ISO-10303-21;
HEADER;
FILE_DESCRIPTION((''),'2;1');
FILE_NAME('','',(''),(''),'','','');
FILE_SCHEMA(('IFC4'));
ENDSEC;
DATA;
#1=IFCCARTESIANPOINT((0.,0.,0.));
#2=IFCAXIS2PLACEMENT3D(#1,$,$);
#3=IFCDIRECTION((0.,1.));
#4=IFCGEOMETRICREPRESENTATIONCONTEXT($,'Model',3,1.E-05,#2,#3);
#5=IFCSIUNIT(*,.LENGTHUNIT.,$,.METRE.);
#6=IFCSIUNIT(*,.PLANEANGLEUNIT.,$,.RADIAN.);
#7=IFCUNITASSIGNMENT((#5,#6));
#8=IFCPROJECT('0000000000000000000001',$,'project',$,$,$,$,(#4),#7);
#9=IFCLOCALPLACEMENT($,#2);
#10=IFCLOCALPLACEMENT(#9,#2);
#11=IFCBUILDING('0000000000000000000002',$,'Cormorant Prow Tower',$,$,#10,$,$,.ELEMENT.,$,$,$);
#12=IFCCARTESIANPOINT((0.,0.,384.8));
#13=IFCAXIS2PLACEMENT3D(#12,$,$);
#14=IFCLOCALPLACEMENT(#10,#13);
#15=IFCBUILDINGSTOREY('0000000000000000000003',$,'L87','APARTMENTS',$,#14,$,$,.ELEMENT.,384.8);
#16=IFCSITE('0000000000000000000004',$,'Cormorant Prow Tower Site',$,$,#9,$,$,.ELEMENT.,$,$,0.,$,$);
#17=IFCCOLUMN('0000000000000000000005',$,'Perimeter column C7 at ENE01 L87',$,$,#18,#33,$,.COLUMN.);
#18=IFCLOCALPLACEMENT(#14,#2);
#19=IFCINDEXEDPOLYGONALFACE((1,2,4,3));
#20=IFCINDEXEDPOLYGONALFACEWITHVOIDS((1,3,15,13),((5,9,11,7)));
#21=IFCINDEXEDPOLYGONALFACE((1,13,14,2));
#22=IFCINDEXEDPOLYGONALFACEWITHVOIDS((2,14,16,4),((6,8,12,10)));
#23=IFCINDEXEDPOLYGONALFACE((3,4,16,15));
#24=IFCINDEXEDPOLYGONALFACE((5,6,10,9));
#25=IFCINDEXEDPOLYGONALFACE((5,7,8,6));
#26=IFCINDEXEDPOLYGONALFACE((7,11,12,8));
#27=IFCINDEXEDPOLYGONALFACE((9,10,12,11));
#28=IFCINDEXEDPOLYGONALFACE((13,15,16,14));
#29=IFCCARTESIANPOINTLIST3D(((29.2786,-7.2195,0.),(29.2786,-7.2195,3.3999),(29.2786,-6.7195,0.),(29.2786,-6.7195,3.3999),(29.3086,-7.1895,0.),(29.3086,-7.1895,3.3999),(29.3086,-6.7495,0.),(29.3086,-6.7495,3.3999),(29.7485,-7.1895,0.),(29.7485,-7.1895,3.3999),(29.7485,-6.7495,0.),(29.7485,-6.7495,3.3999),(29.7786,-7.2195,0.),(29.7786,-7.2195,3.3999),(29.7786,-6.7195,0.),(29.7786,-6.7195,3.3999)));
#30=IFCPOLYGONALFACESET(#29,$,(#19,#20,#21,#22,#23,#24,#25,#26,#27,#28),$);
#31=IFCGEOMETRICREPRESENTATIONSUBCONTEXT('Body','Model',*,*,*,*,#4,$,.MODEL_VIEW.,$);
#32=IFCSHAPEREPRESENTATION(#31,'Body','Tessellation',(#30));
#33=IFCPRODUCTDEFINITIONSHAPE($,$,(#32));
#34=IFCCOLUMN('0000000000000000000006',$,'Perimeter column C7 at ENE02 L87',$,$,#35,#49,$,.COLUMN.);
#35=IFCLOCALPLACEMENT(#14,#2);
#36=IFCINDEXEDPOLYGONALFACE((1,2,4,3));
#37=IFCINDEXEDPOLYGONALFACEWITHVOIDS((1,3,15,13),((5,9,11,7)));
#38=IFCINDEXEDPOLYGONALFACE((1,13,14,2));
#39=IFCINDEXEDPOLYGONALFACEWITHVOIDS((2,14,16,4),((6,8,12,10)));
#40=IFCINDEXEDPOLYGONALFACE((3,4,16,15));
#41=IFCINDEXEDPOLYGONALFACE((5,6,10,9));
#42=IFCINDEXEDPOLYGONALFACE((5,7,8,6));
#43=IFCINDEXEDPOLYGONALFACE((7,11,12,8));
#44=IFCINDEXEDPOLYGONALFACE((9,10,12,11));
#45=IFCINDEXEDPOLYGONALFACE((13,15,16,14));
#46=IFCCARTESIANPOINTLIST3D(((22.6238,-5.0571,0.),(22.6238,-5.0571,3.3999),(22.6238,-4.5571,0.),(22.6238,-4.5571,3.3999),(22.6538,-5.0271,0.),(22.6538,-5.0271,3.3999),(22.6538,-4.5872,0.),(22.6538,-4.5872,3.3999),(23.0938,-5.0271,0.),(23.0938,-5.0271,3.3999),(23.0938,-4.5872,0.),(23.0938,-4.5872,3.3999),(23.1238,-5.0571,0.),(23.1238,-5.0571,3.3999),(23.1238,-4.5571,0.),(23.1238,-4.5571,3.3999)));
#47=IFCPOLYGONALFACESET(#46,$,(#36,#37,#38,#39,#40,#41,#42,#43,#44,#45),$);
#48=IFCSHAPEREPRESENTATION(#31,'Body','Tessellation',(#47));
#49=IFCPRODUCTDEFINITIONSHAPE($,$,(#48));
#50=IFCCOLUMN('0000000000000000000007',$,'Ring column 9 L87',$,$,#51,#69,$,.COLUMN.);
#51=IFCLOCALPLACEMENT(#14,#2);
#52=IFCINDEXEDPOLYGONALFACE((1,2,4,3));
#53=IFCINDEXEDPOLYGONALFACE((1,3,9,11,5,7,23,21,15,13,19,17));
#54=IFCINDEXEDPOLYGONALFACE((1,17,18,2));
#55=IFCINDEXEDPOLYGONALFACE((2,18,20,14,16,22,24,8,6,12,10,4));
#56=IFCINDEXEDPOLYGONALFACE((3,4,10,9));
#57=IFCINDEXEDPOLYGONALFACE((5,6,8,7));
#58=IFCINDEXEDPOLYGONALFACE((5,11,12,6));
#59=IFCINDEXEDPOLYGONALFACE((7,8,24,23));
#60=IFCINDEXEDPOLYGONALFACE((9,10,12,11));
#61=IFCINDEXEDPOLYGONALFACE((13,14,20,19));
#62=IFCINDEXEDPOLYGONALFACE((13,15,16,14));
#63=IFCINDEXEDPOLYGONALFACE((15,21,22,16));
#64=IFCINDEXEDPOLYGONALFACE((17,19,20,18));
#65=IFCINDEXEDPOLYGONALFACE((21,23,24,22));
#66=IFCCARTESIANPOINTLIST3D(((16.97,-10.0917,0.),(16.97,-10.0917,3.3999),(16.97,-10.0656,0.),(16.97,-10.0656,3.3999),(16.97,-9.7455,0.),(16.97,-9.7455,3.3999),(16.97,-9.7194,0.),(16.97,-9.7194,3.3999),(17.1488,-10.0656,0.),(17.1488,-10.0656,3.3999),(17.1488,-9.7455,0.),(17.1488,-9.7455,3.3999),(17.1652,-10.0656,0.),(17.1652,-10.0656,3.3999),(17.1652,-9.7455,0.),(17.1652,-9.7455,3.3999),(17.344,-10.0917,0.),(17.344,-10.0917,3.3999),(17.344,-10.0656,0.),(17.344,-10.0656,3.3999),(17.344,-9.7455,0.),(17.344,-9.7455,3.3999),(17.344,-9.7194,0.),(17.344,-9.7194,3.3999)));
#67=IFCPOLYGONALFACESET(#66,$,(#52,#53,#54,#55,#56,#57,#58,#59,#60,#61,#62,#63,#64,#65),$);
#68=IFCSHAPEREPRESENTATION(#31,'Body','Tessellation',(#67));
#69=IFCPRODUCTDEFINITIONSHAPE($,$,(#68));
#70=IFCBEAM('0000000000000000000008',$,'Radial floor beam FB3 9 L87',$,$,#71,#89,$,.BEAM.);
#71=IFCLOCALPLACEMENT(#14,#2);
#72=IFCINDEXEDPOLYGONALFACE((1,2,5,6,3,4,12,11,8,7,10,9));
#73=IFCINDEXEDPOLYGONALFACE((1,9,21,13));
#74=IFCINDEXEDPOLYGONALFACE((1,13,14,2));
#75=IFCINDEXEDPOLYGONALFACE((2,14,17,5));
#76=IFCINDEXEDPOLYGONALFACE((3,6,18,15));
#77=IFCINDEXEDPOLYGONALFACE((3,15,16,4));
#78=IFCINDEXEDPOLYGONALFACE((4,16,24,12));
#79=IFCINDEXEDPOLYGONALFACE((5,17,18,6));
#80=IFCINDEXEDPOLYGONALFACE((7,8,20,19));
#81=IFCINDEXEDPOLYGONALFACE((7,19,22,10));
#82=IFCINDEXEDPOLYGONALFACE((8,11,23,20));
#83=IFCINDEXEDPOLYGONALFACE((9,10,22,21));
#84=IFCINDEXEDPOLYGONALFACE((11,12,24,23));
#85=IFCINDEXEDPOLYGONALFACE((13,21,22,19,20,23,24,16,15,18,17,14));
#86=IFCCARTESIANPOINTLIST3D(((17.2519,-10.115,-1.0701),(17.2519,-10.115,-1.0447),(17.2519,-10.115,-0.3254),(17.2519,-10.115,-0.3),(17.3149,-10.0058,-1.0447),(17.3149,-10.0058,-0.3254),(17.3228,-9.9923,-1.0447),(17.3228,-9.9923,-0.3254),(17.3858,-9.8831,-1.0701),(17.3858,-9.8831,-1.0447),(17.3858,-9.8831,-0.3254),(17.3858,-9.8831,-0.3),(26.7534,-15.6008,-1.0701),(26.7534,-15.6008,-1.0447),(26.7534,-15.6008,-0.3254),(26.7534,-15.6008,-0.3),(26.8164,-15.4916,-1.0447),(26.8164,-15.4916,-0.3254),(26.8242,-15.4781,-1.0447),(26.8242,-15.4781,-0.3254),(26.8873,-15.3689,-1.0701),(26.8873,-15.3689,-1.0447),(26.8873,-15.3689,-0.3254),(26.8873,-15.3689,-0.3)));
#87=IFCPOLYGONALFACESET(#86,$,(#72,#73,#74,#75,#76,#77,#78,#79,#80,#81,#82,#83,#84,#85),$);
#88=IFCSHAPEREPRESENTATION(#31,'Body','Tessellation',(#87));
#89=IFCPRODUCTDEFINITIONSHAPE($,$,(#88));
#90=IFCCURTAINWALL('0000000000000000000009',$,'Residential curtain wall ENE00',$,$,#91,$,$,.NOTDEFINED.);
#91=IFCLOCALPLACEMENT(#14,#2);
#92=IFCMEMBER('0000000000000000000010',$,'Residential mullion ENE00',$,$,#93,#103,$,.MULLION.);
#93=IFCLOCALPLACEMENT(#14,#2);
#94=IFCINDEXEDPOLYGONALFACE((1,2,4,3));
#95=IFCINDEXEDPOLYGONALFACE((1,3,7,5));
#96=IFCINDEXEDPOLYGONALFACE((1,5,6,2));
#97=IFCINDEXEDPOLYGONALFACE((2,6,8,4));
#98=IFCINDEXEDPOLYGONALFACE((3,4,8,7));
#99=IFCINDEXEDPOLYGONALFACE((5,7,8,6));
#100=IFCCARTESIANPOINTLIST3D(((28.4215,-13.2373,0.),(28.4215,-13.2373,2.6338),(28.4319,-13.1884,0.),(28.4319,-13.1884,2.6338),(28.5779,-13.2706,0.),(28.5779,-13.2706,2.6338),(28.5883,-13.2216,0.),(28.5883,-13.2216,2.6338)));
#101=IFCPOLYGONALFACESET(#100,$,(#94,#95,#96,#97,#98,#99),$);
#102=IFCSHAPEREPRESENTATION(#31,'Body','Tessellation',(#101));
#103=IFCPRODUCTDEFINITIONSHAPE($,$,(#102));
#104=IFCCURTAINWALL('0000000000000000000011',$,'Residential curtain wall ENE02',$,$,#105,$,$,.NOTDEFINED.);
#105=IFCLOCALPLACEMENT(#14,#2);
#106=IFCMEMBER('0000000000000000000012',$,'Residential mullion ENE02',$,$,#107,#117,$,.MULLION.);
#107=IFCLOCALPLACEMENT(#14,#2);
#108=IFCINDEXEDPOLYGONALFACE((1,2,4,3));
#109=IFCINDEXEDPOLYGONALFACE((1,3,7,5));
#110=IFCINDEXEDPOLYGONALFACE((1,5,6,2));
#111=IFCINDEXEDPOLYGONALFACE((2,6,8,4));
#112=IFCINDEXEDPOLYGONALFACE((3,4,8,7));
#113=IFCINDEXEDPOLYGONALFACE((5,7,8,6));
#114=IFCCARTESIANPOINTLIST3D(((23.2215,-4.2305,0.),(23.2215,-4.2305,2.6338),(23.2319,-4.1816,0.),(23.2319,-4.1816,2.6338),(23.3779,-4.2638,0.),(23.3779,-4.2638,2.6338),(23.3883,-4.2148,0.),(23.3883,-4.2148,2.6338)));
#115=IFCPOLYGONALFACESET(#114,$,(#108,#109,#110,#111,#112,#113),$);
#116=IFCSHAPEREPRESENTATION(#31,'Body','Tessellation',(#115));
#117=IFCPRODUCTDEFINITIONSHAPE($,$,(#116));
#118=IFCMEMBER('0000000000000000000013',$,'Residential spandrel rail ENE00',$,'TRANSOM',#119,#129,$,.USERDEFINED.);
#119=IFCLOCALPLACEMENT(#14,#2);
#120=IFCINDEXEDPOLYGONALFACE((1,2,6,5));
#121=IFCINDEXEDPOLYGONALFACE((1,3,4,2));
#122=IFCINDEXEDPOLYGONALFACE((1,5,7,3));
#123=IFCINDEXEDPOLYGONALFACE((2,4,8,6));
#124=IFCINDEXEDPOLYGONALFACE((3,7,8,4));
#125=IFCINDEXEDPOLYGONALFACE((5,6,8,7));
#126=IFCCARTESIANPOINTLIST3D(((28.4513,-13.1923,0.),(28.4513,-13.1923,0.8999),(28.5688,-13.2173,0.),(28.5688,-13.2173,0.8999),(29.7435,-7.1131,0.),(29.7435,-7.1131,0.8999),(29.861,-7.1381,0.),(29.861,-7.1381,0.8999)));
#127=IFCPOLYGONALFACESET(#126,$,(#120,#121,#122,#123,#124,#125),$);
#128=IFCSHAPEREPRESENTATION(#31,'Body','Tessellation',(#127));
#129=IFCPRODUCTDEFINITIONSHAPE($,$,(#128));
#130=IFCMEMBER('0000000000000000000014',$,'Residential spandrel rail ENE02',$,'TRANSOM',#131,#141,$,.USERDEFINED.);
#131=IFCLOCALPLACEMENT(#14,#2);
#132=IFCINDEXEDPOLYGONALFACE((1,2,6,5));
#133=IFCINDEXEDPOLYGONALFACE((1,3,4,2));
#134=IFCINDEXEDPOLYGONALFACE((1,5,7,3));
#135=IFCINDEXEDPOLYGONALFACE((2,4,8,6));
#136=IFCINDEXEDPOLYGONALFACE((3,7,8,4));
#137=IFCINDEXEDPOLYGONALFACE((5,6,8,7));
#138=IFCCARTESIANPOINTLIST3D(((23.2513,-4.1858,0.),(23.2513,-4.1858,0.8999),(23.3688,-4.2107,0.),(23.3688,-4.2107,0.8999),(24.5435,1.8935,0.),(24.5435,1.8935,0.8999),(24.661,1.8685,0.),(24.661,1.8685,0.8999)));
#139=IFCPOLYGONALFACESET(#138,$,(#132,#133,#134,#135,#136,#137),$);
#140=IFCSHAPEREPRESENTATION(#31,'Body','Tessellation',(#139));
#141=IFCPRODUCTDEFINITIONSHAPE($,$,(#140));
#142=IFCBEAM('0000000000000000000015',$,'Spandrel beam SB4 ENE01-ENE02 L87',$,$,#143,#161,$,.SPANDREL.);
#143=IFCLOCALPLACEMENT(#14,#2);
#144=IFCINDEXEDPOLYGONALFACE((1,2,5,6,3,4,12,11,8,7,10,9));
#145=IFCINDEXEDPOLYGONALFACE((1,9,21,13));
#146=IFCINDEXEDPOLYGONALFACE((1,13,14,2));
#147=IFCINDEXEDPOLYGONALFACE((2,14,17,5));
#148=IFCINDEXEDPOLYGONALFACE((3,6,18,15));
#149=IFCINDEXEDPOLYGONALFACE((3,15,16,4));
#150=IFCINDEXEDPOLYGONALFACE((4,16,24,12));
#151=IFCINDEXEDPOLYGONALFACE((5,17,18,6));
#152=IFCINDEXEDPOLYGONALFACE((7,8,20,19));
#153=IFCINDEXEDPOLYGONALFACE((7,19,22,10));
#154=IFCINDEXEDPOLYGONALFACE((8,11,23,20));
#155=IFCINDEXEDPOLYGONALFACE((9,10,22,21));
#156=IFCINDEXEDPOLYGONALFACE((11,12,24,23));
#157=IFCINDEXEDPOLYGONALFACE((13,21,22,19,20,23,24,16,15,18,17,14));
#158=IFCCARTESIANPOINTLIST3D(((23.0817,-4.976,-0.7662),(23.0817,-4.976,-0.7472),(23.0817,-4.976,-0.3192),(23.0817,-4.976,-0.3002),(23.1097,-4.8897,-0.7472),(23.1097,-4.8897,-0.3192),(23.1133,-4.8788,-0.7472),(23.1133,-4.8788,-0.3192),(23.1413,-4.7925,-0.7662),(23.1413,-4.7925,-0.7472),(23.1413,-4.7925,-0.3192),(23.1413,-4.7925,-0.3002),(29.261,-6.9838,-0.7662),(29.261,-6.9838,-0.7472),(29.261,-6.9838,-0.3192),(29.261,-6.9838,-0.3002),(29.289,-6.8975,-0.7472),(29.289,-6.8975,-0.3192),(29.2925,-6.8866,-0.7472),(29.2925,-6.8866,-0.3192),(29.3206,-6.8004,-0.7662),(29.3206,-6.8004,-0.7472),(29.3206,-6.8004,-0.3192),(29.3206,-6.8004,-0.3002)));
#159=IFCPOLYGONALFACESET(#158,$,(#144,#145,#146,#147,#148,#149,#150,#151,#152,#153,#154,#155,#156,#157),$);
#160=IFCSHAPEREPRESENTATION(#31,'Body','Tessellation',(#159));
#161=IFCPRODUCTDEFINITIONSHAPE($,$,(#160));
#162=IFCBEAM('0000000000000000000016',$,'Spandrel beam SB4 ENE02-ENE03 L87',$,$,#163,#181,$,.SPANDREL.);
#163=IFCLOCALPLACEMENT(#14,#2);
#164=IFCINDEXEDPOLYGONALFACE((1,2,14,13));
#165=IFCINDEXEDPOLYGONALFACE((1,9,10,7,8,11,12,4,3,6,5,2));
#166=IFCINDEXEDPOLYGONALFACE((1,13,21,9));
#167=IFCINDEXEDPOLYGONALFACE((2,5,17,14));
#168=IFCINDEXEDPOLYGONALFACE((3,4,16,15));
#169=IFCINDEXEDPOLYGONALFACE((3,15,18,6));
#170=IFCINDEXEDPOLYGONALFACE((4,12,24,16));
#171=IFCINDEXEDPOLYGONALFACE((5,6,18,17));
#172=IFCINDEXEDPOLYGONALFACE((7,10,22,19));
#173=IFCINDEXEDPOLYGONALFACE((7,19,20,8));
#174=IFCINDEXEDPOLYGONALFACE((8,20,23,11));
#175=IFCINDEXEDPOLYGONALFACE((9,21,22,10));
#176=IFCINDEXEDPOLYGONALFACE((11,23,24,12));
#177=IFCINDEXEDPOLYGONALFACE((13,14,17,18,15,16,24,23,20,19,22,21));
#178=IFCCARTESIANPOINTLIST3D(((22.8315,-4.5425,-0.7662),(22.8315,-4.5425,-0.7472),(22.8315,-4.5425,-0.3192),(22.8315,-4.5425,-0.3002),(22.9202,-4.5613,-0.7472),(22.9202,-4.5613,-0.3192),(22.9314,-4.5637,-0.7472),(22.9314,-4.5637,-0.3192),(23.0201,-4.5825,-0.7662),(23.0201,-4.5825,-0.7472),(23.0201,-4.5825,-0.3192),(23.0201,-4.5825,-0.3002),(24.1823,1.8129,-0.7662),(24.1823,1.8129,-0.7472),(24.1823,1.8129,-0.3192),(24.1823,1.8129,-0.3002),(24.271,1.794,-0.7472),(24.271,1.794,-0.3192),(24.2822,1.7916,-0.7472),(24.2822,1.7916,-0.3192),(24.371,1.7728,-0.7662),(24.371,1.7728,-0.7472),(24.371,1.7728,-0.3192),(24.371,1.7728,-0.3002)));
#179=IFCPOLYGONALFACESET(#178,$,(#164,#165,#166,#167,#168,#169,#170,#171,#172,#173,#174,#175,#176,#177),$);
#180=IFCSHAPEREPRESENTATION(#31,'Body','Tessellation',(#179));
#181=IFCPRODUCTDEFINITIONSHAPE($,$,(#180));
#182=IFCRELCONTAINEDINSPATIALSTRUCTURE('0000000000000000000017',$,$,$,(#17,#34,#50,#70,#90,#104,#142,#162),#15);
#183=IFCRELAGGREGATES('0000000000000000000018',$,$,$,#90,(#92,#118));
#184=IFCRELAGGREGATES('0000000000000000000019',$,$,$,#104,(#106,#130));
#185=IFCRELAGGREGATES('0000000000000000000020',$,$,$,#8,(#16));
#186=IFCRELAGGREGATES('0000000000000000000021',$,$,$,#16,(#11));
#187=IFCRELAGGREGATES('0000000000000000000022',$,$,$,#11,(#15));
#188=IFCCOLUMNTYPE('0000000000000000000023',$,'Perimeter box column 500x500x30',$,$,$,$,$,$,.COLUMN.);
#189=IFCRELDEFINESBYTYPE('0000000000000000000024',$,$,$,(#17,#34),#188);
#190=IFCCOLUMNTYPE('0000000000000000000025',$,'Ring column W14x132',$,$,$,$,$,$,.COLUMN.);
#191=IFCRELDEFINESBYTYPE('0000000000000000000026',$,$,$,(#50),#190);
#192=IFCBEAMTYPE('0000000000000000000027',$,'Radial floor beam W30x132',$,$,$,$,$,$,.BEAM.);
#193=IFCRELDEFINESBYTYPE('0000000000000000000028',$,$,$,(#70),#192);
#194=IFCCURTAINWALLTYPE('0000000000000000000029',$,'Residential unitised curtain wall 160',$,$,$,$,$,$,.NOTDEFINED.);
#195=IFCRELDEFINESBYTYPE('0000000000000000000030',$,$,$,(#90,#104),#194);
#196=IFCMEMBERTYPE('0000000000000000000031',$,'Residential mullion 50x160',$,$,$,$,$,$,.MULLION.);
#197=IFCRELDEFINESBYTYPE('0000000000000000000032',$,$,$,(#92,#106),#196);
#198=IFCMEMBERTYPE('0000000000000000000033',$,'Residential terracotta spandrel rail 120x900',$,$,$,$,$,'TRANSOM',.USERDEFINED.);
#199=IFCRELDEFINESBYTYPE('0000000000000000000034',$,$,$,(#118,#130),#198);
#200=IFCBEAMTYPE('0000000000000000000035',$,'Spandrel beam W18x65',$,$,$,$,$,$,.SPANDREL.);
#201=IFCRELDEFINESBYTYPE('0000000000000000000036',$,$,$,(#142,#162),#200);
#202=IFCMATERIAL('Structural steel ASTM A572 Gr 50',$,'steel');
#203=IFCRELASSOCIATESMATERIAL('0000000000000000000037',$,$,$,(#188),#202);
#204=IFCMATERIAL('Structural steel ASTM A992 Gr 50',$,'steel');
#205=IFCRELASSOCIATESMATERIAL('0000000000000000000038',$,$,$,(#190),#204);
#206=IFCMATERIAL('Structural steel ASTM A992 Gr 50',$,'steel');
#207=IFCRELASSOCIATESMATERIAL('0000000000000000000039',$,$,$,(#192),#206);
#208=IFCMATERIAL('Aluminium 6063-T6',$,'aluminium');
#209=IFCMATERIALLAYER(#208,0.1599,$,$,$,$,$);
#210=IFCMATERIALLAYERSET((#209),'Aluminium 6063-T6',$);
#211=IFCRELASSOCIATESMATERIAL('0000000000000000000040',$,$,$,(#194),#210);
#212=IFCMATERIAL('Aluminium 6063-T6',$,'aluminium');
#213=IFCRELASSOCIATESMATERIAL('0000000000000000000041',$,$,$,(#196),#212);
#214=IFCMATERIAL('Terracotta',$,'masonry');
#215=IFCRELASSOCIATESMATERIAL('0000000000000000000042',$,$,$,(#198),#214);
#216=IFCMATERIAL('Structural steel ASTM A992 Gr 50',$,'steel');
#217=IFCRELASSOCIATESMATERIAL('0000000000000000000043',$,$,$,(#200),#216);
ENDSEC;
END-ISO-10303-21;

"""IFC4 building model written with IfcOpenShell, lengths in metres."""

from ifc_helpers import new_model, si_unit, direction, frame, origin, origin_2d, place, context, subcontext, project, spatial, rectangle, hollow_rectangle, i_section, extrude, material, layer, layer_set, material_profile, profile_set, type_object, element, aggregate, save


model = new_model("IFC4")

# Units and contexts
model_context = context("Model", 3, precision=1e-05, world=origin(), true_north=direction((0.0, 1.0)))
body_context = subcontext(model_context, "Body", "Model", "MODEL_VIEW")
ifc_project = project(units=[si_unit("LENGTHUNIT", "METRE"), si_unit("PLANEANGLEUNIT", "RADIAN")], contexts=[model_context])

# Site, building, storey
site_placement = place(None, origin())
site = spatial("IfcSite", under=ifc_project, at=site_placement, Name="Cormorant Prow Tower Site", CompositionType="ELEMENT", RefElevation=0.0)
building_placement = place(site_placement, origin())
building = spatial("IfcBuilding", under=site, at=building_placement, Name="Cormorant Prow Tower", CompositionType="ELEMENT")
storey_placement = place(building_placement, frame((0.0, 0.0, 384.8)))
storey = spatial("IfcBuildingStorey", under=building, at=storey_placement, Name="L87", Description="APARTMENTS", CompositionType="ELEMENT", Elevation=384.8)

# Columns
ifc_material_1 = material(Name="Structural steel ASTM A572 Gr 50", Category="steel")
ifc_material_profile_1 = material_profile(ifc_material_1, hollow_rectangle(XDim=0.5, YDim=0.5, WallThickness=0.03, at=origin_2d()), Name="Box 500x500x30")
ifc_profile_set_1 = profile_set([ifc_material_profile_1], Name="Structural steel ASTM A572 Gr 50")
column_type_1 = type_object("IfcColumnType", Name="Perimeter box column 500x500x30", PredefinedType="COLUMN", material=ifc_profile_set_1)
for number, where, z_axis, x_axis, name in (
    (1, (29.5286, -6.9695, 0.0), (0.0, 0.0, 1.0), (1.0, 0.0, 0.0), "Perimeter column C7 at ENE01 L87"),
    (2, (22.8738, -4.8071, 0.0), (0.0, 0.0, 1.0), (1.0, 0.0, 0.0), "Perimeter column C7 at ENE02 L87"),
):
    element("IfcColumn", number, at=place(storey_placement, frame(where, z_axis=z_axis, x_axis=x_axis)), inside=storey, type_object=column_type_1, Name=name, PredefinedType="COLUMN", context=body_context, shape_type="SweptSolid", body=[
        extrude(hollow_rectangle(XDim=0.5, YDim=0.5, WallThickness=0.03, at=origin_2d()), origin(), (0.0, 0.0, 1.0), 3.3999),
    ])
ifc_material_2 = material(Name="Structural steel ASTM A992 Gr 50", Category="steel")
ifc_material_profile_2 = material_profile(ifc_material_2, i_section(OverallWidth=0.374, OverallDepth=0.3723, WebThickness=0.0164, FlangeThickness=0.0261, at=origin_2d()), Name="W14x132")
ifc_profile_set_2 = profile_set([ifc_material_profile_2], Name="Structural steel ASTM A992 Gr 50")
column_type_2 = type_object("IfcColumnType", Name="Ring column W14x132", PredefinedType="COLUMN", material=ifc_profile_set_2)
column_placement = place(storey_placement, frame((17.157, -9.9055, 0.0), z_axis=(0.0, 0.0, 1.0), x_axis=(1.0, 0.0, 0.0)))
element("IfcColumn", 3, at=column_placement, inside=storey, type_object=column_type_2, Name="Ring column 9 L87", PredefinedType="COLUMN", context=body_context, shape_type="SweptSolid", body=[
    extrude(i_section(OverallWidth=0.374, OverallDepth=0.3723, WebThickness=0.0164, FlangeThickness=0.0261, at=origin_2d()), origin(), (0.0, 0.0, 1.0), 3.3999),
])

# Beam
ifc_material_3 = material(Name="Structural steel ASTM A992 Gr 50", Category="steel")
ifc_material_profile_3 = material_profile(ifc_material_3, i_section(OverallWidth=0.2678, OverallDepth=0.77, WebThickness=0.0156, FlangeThickness=0.0254, at=origin_2d()), Name="W30x132")
ifc_profile_set_3 = profile_set([ifc_material_profile_3], Name="Structural steel ASTM A992 Gr 50")
beam_type_1 = type_object("IfcBeamType", Name="Radial floor beam W30x132", PredefinedType="BEAM", material=ifc_profile_set_3)
beam_placement = place(storey_placement, frame((17.3188, -9.999, -0.6851), z_axis=(0.866019, -0.500011, 0.0), x_axis=(0.500011, 0.866019, 0.0)))
element("IfcBeam", 4, at=beam_placement, inside=storey, type_object=beam_type_1, Name="Radial floor beam FB3 9 L87", PredefinedType="BEAM", context=body_context, shape_type="SweptSolid", body=[
    extrude(i_section(OverallWidth=0.2678, OverallDepth=0.77, WebThickness=0.0156, FlangeThickness=0.0254, at=origin_2d()), origin(), (0.0, 0.0, 1.0), 10.9714),
])

# Curtain walls, members
ifc_material_4 = material(Name="Aluminium 6063-T6", Category="aluminium")
ifc_layer_1 = layer(ifc_material_4, 0.1599)
ifc_layer_set_1 = layer_set([ifc_layer_1], Name="Aluminium 6063-T6")
curtain_wall_type = type_object("IfcCurtainWallType", Name="Residential unitised curtain wall 160", PredefinedType="NOTDEFINED", material=ifc_layer_set_1)
curtain_wall_1_placement = place(storey_placement, origin())
curtain_wall_1 = element("IfcCurtainWall", 5, at=curtain_wall_1_placement, inside=storey, type_object=curtain_wall_type, Name="Residential curtain wall ENE00", PredefinedType="NOTDEFINED")
ifc_material_5 = material(Name="Aluminium 6063-T6", Category="aluminium")
ifc_material_profile_4 = material_profile(ifc_material_5, rectangle(XDim=0.1599, YDim=0.05, at=origin_2d()), Name="Residential mullion 50x160")
ifc_profile_set_4 = profile_set([ifc_material_profile_4], Name="Aluminium 6063-T6")
member_type_1 = type_object("IfcMemberType", Name="Residential mullion 50x160", PredefinedType="MULLION", material=ifc_profile_set_4)
member_1_placement = place(storey_placement, frame((28.5049, -13.2295, 0.0), z_axis=(0.0, 0.0, 1.0), x_axis=(-0.978148, 0.207912, 0.0)))
member_1 = element("IfcMember", 6, at=member_1_placement, type_object=member_type_1, Name="Residential mullion ENE00", PredefinedType="MULLION", context=body_context, shape_type="SweptSolid", body=[
    extrude(rectangle(XDim=0.1599, YDim=0.05, at=origin_2d()), origin(), (0.0, 0.0, 1.0), 2.6338),
])
curtain_wall_2_placement = place(storey_placement, origin())
curtain_wall_2 = element("IfcCurtainWall", 7, at=curtain_wall_2_placement, inside=storey, type_object=curtain_wall_type, Name="Residential curtain wall ENE02", PredefinedType="NOTDEFINED")
member_2_placement = place(storey_placement, frame((23.3049, -4.2227, 0.0), z_axis=(0.0, 0.0, 1.0), x_axis=(-0.978148, 0.207912, 0.0)))
member_2 = element("IfcMember", 8, at=member_2_placement, type_object=member_type_1, Name="Residential mullion ENE02", PredefinedType="MULLION", context=body_context, shape_type="SweptSolid", body=[
    extrude(rectangle(XDim=0.1599, YDim=0.05, at=origin_2d()), origin(), (0.0, 0.0, 1.0), 2.6338),
])

# Members
ifc_material_6 = material(Name="Terracotta", Category="masonry")
ifc_material_profile_5 = material_profile(ifc_material_6, rectangle(XDim=0.1201, YDim=0.8999, at=origin_2d()), Name="Residential terracotta spandrel rail 120x900")
ifc_profile_set_5 = profile_set([ifc_material_profile_5], Name="Terracotta")
member_type_2 = type_object("IfcMemberType", Name="Residential terracotta spandrel rail 120x900", ElementType="TRANSOM", PredefinedType="USERDEFINED", material=ifc_profile_set_5)
member_3_placement = place(storey_placement, frame((28.51, -13.2048, 0.45), z_axis=(0.207917, 0.978147, 0.0), x_axis=(-0.978147, 0.207917, 0.0)))
member_3 = element("IfcMember", 9, at=member_3_placement, type_object=member_type_2, Name="Residential spandrel rail ENE00", ObjectType="TRANSOM", PredefinedType="USERDEFINED", context=body_context, shape_type="SweptSolid", body=[
    extrude(rectangle(XDim=0.1201, YDim=0.8999, at=origin_2d()), origin(), (0.0, 0.0, 1.0), 6.2151),
])
member_4_placement = place(storey_placement, frame((23.3101, -4.1982, 0.45), z_axis=(0.207917, 0.978147, 0.0), x_axis=(-0.978147, 0.207917, 0.0)))
member_4 = element("IfcMember", 10, at=member_4_placement, type_object=member_type_2, Name="Residential spandrel rail ENE02", ObjectType="TRANSOM", PredefinedType="USERDEFINED", context=body_context, shape_type="SweptSolid", body=[
    extrude(rectangle(XDim=0.1201, YDim=0.8999, at=origin_2d()), origin(), (0.0, 0.0, 1.0), 6.2151),
])

# Beams
ifc_material_7 = material(Name="Structural steel ASTM A992 Gr 50", Category="steel")
ifc_material_profile_6 = material_profile(ifc_material_7, i_section(OverallWidth=0.1929, OverallDepth=0.4661, WebThickness=0.0115, FlangeThickness=0.019, at=origin_2d()), Name="W18x65")
ifc_profile_set_6 = profile_set([ifc_material_profile_6], Name="Structural steel ASTM A992 Gr 50")
beam_type_2 = type_object("IfcBeamType", Name="Spandrel beam W18x65", PredefinedType="SPANDREL", material=ifc_profile_set_6)
for number, where, z_axis, x_axis, name in (
    (11, (29.2908, -6.8921, -0.5332), (-0.951053, 0.309027, 0.0), (-0.309027, -0.951053, 0.0), "Spandrel beam SB4 ENE01-ENE02 L87"),
    (12, (22.9258, -4.5625, -0.5332), (0.20791, 0.978148, 0.0), (-0.978148, 0.20791, 0.0), "Spandrel beam SB4 ENE02-ENE03 L87"),
):
    element("IfcBeam", number, at=place(storey_placement, frame(where, z_axis=z_axis, x_axis=x_axis)), inside=storey, type_object=beam_type_2, Name=name, PredefinedType="SPANDREL", context=body_context, shape_type="SweptSolid", body=[
        extrude(i_section(OverallWidth=0.1929, OverallDepth=0.4661, WebThickness=0.0115, FlangeThickness=0.019, at=origin_2d()), origin(), (0.0, 0.0, 1.0), 6.4973),
    ])

aggregate(curtain_wall_1, [member_1, member_3])
aggregate(curtain_wall_2, [member_2, member_4])

save(model, "model.ifc")
